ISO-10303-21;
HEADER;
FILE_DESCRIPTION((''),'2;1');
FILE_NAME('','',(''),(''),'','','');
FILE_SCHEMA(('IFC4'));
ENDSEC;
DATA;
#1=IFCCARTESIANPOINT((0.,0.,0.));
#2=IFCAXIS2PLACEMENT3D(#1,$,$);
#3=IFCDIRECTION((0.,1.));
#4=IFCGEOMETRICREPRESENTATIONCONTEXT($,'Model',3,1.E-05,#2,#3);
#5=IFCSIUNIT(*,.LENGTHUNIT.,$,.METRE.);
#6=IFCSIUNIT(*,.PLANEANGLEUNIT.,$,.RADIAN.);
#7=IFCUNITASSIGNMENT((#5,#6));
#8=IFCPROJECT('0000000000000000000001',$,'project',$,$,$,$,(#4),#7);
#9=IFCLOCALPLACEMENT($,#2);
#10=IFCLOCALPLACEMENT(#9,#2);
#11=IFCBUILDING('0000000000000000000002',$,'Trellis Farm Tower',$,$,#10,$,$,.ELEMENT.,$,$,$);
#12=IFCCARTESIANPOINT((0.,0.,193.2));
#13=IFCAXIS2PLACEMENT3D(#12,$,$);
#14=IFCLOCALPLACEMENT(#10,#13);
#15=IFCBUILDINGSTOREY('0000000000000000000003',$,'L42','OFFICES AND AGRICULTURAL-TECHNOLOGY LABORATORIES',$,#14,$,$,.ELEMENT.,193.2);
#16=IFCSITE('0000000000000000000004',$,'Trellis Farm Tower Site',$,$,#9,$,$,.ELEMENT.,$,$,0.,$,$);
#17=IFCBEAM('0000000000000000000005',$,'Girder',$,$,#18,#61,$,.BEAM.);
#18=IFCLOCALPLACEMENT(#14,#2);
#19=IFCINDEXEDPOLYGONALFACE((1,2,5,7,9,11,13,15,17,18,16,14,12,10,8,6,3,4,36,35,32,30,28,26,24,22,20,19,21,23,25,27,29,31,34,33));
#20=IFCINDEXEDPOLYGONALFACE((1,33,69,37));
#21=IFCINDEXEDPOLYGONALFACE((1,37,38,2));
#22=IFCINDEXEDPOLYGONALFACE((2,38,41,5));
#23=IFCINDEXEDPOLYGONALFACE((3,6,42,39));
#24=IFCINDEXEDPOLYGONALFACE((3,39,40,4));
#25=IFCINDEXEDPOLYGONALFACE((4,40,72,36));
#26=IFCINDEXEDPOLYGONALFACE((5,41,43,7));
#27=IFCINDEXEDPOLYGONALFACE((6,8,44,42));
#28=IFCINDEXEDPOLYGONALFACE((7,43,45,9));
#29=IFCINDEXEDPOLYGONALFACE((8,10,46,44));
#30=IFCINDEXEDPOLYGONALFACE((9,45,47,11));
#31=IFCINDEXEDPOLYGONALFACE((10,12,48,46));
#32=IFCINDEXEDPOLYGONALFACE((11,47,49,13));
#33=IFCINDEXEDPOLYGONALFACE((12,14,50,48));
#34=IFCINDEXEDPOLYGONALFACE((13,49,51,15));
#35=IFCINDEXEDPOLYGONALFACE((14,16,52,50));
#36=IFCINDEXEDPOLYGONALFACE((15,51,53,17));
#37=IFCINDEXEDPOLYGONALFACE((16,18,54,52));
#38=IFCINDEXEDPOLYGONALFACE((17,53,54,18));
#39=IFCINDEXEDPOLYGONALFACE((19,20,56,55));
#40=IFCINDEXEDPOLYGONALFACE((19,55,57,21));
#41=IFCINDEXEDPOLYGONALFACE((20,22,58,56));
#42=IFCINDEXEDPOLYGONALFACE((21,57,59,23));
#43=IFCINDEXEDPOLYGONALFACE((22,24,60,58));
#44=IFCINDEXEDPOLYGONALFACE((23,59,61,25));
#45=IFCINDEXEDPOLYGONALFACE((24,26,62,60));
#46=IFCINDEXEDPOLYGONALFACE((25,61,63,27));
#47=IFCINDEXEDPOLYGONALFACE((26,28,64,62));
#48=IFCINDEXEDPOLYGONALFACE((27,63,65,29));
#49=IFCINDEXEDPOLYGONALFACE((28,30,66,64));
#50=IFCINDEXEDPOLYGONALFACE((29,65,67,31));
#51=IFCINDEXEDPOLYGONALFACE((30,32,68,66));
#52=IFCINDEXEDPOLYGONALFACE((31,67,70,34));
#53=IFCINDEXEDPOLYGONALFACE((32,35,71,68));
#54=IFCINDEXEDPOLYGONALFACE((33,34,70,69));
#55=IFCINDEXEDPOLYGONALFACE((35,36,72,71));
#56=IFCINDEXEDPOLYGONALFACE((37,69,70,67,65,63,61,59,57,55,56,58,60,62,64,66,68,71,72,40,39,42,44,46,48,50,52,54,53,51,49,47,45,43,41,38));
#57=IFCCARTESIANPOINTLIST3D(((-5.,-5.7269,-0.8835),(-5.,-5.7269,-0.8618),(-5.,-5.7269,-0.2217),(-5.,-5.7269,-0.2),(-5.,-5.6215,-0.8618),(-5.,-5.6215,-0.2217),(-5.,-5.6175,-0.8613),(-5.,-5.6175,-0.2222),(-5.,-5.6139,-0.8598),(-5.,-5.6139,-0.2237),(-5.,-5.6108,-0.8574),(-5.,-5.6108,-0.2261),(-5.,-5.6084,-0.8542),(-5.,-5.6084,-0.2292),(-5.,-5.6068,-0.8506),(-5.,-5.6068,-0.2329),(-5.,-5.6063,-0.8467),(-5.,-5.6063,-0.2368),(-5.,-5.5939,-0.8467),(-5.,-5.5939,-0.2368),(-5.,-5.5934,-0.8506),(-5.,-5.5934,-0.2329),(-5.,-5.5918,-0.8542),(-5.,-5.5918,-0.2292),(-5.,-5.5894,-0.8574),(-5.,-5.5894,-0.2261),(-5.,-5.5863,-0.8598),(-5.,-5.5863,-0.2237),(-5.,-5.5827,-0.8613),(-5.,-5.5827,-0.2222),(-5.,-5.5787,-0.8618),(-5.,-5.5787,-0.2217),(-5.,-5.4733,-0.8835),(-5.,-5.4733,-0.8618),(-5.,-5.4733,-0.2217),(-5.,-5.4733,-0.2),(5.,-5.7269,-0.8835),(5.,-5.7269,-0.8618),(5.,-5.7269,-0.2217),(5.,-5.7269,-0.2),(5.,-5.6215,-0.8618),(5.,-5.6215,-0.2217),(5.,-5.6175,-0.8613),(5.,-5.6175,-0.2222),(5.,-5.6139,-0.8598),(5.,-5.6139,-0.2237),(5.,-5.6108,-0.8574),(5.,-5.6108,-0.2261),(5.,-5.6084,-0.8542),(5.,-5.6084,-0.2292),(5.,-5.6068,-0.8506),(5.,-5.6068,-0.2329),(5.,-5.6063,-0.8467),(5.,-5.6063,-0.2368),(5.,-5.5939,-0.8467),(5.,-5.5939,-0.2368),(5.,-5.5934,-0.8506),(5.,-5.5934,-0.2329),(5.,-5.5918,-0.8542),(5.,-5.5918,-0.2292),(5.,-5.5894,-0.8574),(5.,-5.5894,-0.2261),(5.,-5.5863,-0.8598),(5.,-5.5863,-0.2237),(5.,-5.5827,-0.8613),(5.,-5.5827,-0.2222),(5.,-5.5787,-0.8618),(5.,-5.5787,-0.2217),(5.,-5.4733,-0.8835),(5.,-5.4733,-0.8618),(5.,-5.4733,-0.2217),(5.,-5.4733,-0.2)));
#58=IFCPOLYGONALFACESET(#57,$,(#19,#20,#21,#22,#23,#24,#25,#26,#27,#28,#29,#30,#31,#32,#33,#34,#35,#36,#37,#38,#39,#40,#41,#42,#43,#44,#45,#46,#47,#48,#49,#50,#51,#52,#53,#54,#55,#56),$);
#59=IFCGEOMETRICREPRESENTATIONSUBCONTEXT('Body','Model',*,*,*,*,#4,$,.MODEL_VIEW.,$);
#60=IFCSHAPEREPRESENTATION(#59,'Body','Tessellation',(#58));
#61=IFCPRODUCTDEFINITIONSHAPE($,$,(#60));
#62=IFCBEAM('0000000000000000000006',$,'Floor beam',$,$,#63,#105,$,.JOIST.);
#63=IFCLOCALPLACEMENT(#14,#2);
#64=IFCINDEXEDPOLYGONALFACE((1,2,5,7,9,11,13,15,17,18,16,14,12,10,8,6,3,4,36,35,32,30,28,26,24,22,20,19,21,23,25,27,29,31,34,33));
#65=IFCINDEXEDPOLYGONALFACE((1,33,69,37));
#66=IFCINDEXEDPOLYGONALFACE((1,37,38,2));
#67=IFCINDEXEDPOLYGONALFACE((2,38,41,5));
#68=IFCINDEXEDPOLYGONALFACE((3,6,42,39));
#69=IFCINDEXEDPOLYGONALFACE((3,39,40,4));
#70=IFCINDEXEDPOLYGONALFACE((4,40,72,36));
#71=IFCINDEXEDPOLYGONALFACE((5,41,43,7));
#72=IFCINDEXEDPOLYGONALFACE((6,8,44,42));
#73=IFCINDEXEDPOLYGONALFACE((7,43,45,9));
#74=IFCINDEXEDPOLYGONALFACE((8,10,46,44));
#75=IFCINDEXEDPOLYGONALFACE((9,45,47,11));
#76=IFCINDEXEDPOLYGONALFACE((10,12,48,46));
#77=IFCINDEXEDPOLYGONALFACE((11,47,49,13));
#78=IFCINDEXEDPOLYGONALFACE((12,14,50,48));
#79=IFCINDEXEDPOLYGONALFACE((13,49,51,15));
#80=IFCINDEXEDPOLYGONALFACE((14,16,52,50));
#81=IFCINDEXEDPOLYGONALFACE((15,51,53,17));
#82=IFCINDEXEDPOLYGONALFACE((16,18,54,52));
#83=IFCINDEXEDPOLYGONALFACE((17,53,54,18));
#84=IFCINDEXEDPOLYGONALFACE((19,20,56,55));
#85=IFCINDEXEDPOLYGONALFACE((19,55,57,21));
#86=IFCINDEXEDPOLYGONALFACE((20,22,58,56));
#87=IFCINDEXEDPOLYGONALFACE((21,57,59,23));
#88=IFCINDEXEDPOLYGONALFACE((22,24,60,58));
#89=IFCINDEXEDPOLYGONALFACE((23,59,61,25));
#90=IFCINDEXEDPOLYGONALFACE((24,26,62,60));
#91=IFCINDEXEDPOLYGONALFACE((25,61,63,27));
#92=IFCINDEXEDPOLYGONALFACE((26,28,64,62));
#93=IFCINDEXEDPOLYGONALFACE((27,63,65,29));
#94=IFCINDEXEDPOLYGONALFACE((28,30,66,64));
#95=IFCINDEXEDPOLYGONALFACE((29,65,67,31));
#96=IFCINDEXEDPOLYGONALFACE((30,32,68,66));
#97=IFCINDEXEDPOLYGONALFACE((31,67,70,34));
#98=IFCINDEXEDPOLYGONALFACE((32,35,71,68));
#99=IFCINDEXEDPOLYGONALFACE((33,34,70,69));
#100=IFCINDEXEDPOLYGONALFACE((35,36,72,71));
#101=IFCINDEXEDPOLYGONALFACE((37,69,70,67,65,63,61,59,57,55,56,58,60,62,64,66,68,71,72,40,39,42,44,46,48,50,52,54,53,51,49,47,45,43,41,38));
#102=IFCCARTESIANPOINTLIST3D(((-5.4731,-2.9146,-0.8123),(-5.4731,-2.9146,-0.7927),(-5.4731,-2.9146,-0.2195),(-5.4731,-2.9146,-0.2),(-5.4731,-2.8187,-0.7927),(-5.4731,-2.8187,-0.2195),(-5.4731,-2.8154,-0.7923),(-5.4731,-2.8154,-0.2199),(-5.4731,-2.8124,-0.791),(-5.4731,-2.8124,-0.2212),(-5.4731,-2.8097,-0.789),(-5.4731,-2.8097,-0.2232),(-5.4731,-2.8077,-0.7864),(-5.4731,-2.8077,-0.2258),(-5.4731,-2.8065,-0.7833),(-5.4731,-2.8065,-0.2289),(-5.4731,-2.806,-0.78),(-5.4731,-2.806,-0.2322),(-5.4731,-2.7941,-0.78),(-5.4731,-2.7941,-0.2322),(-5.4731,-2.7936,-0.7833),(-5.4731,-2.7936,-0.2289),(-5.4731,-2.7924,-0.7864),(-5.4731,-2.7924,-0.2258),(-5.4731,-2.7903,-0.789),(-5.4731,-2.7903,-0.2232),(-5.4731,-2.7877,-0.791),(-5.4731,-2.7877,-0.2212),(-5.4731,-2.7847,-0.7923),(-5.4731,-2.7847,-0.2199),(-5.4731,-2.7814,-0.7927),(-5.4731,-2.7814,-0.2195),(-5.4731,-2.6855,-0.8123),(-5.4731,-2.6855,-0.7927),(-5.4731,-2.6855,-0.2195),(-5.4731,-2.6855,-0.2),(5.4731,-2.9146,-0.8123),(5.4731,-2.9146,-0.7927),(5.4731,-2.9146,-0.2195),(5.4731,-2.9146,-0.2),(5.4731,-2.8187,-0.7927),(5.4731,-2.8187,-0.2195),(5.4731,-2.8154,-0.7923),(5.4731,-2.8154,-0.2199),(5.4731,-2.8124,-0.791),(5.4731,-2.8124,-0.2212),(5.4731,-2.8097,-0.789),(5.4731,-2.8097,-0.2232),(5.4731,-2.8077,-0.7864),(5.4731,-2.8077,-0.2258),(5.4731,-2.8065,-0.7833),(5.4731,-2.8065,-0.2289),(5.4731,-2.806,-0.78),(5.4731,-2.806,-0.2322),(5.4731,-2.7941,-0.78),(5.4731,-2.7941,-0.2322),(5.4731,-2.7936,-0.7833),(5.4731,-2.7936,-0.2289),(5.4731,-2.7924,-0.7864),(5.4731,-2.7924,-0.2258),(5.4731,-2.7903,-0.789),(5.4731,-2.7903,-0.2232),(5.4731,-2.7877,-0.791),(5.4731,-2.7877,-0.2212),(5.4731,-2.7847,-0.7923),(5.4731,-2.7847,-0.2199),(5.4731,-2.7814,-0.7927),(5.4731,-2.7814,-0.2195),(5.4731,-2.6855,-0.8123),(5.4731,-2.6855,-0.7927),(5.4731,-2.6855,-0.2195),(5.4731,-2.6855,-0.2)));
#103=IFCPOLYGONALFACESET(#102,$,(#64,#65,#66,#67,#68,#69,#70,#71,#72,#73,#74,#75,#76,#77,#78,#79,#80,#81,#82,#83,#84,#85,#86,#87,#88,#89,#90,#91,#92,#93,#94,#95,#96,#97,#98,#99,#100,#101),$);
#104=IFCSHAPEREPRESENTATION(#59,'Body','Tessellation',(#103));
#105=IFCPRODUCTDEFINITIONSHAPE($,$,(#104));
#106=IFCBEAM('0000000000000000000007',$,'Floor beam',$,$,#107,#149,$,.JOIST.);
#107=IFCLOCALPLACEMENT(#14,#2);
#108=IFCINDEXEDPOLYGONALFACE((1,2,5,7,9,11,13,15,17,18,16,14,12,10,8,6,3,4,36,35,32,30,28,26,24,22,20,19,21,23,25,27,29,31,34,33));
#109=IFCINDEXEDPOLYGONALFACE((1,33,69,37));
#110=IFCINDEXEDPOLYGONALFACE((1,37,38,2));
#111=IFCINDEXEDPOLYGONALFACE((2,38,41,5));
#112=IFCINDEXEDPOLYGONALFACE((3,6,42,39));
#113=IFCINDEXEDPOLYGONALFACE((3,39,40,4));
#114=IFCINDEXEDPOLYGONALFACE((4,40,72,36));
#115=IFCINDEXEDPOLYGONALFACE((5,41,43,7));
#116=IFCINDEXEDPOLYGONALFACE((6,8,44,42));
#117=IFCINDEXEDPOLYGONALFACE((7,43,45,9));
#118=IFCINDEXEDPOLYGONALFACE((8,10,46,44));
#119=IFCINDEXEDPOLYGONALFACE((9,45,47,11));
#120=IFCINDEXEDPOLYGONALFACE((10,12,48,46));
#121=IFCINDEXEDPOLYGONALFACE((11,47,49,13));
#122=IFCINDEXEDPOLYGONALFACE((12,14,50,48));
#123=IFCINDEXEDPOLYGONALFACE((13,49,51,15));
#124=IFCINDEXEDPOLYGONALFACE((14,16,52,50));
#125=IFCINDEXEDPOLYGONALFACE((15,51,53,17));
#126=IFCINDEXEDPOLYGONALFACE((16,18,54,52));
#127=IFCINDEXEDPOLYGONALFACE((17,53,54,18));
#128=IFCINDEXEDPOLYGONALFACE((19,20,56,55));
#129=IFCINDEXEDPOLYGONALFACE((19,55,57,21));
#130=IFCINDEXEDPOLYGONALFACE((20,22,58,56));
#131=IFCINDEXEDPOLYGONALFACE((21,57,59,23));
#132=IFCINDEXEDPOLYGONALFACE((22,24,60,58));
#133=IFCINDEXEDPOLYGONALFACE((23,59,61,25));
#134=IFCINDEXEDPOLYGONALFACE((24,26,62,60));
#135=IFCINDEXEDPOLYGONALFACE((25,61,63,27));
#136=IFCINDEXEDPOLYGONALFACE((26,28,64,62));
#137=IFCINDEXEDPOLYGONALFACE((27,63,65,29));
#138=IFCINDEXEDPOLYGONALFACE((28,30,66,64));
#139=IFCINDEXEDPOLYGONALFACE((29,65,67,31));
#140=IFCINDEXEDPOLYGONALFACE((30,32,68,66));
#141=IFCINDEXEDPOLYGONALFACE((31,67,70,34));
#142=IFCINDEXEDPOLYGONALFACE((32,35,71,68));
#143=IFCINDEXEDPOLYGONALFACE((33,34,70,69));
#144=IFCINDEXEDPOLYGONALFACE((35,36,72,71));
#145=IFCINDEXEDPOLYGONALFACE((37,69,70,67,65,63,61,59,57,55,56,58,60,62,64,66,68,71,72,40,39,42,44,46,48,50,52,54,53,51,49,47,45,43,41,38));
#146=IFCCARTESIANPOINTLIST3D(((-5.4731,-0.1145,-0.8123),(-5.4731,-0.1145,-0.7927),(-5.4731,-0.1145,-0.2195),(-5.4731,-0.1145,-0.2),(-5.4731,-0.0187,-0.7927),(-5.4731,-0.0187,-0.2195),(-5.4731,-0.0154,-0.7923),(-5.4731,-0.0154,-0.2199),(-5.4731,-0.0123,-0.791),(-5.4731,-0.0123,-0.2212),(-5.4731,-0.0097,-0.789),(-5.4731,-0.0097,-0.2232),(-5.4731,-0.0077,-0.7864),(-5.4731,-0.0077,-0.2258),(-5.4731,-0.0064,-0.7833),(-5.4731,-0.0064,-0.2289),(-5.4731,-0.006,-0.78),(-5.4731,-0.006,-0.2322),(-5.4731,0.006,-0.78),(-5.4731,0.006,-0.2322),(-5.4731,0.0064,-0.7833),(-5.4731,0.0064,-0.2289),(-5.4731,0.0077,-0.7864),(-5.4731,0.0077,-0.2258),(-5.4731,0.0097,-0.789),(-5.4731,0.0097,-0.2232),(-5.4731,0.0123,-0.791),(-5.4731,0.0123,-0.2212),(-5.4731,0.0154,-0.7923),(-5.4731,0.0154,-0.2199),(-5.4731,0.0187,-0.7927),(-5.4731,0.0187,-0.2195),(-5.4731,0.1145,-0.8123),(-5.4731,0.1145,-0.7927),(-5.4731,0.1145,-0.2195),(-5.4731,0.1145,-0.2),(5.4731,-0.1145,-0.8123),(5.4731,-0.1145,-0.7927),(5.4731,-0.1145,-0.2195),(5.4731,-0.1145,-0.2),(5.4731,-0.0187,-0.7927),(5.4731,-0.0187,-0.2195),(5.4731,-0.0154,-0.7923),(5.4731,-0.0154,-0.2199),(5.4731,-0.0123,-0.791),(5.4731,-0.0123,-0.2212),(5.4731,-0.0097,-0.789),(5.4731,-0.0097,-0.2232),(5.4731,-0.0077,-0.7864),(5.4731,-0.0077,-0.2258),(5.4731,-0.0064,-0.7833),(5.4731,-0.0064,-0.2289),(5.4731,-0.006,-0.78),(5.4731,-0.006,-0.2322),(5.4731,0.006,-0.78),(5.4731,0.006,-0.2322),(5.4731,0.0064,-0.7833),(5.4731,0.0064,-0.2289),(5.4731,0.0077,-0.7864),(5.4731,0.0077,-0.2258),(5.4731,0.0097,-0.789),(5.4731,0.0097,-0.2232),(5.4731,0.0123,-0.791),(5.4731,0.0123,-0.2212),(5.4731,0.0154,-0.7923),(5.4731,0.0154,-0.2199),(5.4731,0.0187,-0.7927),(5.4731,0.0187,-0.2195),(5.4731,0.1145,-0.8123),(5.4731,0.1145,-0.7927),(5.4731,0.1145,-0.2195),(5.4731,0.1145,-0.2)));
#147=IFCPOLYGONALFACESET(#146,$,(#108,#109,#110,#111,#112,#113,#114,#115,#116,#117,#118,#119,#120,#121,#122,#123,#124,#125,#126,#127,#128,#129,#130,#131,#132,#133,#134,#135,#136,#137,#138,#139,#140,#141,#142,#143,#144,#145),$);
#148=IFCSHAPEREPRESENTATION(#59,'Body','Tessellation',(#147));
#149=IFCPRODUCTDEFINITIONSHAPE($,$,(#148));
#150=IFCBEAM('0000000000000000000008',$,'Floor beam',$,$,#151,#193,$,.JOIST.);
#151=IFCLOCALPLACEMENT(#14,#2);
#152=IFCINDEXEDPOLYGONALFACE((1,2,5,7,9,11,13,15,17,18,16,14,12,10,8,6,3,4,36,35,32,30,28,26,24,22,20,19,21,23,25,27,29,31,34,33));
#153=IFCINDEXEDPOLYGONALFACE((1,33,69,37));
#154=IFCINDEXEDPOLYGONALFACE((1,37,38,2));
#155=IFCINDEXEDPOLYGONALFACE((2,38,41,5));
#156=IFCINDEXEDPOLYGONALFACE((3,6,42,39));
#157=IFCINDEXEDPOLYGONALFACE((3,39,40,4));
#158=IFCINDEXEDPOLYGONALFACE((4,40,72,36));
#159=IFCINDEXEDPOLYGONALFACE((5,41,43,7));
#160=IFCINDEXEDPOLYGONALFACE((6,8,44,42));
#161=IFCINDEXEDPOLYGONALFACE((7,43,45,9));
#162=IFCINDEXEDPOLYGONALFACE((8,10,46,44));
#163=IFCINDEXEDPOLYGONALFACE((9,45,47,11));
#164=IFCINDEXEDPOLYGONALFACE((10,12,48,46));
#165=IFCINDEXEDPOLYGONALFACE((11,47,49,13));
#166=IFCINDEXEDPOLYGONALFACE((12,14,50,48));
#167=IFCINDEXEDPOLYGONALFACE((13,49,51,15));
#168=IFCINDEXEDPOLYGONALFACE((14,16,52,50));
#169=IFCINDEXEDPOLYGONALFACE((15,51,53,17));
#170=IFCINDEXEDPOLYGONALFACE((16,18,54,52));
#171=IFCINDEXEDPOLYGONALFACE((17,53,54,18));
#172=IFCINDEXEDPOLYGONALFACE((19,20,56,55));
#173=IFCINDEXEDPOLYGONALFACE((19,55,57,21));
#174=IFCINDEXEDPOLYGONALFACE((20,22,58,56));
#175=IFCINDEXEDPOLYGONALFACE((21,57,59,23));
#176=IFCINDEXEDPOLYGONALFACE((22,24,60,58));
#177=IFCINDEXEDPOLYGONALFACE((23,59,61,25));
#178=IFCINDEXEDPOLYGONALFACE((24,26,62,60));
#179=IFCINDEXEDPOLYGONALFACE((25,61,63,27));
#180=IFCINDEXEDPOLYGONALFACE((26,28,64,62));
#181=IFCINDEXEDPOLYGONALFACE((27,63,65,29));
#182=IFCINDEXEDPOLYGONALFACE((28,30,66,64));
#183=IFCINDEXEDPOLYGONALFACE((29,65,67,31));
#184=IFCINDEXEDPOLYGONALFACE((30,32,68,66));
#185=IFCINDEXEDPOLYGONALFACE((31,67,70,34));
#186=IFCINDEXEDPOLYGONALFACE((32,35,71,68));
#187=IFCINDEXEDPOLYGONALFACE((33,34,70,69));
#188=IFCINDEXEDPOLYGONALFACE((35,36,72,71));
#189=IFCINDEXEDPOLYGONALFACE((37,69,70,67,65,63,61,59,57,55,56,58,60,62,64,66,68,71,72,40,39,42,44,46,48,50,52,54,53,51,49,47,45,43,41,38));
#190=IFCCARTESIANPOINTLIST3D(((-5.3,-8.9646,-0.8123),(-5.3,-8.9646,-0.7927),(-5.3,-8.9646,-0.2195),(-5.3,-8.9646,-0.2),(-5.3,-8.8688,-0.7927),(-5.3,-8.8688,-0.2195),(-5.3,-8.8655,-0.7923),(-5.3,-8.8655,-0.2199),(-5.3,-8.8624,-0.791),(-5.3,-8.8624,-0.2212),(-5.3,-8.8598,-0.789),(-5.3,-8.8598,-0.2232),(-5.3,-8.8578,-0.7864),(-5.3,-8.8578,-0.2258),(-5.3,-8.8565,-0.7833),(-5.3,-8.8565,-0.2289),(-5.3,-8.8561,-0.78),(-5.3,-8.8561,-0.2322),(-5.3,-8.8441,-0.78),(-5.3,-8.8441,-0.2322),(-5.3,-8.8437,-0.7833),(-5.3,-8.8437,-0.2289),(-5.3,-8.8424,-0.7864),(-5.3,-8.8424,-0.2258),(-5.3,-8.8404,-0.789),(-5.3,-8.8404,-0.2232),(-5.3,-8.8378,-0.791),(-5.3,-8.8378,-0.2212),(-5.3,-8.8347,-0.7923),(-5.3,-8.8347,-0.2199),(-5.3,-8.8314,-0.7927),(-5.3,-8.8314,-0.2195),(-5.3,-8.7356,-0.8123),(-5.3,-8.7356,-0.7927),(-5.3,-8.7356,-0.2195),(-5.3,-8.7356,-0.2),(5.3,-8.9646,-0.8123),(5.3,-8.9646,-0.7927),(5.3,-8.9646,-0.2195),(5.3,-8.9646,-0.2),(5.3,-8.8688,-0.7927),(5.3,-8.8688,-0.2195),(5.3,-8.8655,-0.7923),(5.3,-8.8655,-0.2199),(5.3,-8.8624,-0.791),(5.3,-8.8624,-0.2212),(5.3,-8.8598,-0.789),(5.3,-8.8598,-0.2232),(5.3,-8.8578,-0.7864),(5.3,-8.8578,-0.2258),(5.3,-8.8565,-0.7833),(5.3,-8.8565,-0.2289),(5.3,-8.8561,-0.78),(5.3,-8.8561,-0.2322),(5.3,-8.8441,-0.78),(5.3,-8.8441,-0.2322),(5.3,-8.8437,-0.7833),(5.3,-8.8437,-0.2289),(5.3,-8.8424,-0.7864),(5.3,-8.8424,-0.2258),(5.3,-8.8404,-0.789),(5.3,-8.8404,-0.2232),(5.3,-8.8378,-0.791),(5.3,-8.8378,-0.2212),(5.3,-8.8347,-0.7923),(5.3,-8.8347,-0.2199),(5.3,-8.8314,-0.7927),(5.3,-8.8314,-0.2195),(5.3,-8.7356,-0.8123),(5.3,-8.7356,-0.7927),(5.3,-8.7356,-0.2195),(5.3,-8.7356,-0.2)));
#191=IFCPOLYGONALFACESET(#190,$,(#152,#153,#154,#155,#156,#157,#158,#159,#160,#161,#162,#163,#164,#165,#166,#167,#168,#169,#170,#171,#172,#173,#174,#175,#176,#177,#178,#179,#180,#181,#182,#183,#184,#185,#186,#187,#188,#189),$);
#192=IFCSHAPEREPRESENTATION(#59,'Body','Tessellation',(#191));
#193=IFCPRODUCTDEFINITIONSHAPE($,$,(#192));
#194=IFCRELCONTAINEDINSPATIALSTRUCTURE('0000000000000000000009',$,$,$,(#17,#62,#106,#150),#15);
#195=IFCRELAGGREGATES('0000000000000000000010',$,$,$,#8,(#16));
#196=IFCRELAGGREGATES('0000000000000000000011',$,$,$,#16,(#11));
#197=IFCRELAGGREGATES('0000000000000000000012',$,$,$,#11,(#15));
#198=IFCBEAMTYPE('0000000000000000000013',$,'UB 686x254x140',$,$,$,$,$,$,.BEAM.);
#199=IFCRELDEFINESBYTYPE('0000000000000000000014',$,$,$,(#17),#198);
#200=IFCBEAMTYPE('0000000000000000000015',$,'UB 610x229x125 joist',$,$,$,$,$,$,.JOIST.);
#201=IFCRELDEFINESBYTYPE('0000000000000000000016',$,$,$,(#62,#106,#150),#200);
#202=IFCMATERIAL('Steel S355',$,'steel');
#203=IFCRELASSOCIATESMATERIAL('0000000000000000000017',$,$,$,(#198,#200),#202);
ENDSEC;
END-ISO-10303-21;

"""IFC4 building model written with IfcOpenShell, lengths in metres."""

from ifc_helpers import new_model, si_unit, direction, frame, origin, origin_2d, place, context, subcontext, project, spatial, i_section, extrude, source, transform, mapped, material, material_profile, profile_set, type_object, element, save


model = new_model("IFC4")

# Units and contexts
model_context = context("Model", 3, precision=1e-05, world=origin(), true_north=direction((0.0, 1.0)))
body_context = subcontext(model_context, "Body", "Model", "MODEL_VIEW")
ifc_project = project(units=[si_unit("LENGTHUNIT", "METRE"), si_unit("PLANEANGLEUNIT", "RADIAN")], contexts=[model_context])

# Site, building, storey
site_placement = place(None, origin())
site = spatial("IfcSite", under=ifc_project, at=site_placement, Name="Trellis Farm Tower Site", CompositionType="ELEMENT", RefElevation=0.0)
building_placement = place(site_placement, origin())
building = spatial("IfcBuilding", under=site, at=building_placement, Name="Trellis Farm Tower", CompositionType="ELEMENT")
storey_placement = place(building_placement, frame((0.0, 0.0, 193.2)))
storey = spatial("IfcBuildingStorey", under=building, at=storey_placement, Name="L42", Description="OFFICES AND AGRICULTURAL-TECHNOLOGY LABORATORIES", CompositionType="ELEMENT", Elevation=193.2)

# Beams
ifc_material_1 = material(Name="Steel S355", Category="steel")
ifc_material_profile_1 = material_profile(ifc_material_1, i_section(OverallWidth=0.2537, OverallDepth=0.6836, WebThickness=0.0125, FlangeThickness=0.0217, FilletRadius=0.0151, at=origin_2d()), Name="UB 686x254x140")
ifc_profile_set_1 = profile_set([ifc_material_profile_1], Name="Steel S355")
beam_type_1 = type_object("IfcBeamType", Name="UB 686x254x140", PredefinedType="BEAM", material=ifc_profile_set_1)
shared_shape_1 = source(origin(), body_context, "Body", "SweptSolid", [
    extrude(i_section(OverallWidth=0.2537, OverallDepth=0.6836, WebThickness=0.0125, FlangeThickness=0.0217, FilletRadius=0.0151, at=origin_2d()), origin(), (0.0, 0.0, 1.0), 10.0),
])
beam_1_placement = place(storey_placement, frame((-5.0, -5.6001, -0.5417), z_axis=(1.0, 0.0, 0.0), x_axis=(0.0, 1.0, 0.0)))
element("IfcBeam", 1, at=beam_1_placement, inside=storey, type_object=beam_type_1, Name="Girder", PredefinedType="BEAM", context=body_context, shape_type="MappedRepresentation", body=[
    mapped(shared_shape_1, transform((0.0, 0.0, 0.0))),
])
ifc_material_profile_2 = material_profile(ifc_material_1, i_section(OverallWidth=0.229, OverallDepth=0.6123, WebThickness=0.012, FlangeThickness=0.0195, FilletRadius=0.0127, at=origin_2d()), Name="UB 610x229x125")
ifc_profile_set_2 = profile_set([ifc_material_profile_2], Name="Steel S355")
beam_type_2 = type_object("IfcBeamType", Name="UB 610x229x125 joist", PredefinedType="JOIST", material=ifc_profile_set_2)
shared_shape_2 = source(origin(), body_context, "Body", "SweptSolid", [
    extrude(i_section(OverallWidth=0.229, OverallDepth=0.6123, WebThickness=0.012, FlangeThickness=0.0195, FilletRadius=0.0127, at=origin_2d()), origin(), (0.0, 0.0, 1.0), 10.9463),
])
for number, where, z_axis, x_axis, name in (
    (2, (-5.4731, -2.8, -0.5061), (1.0, 0.0, 0.0), (0.0, 1.0, 0.0), "Floor beam"),
    (3, (-5.4731, 0.0, -0.5061), (1.0, 0.0, 0.0), (0.0, 1.0, 0.0), "Floor beam"),
):
    element("IfcBeam", number, at=place(storey_placement, frame(where, z_axis=z_axis, x_axis=x_axis)), inside=storey, type_object=beam_type_2, Name=name, PredefinedType="JOIST", context=body_context, shape_type="MappedRepresentation", body=[
        mapped(shared_shape_2, transform((0.0, 0.0, 0.0))),
    ])
shared_shape_3 = source(origin(), body_context, "Body", "SweptSolid", [
    extrude(i_section(OverallWidth=0.229, OverallDepth=0.6123, WebThickness=0.012, FlangeThickness=0.0195, FilletRadius=0.0127, at=origin_2d()), origin(), (0.0, 0.0, 1.0), 10.6001),
])
beam_2_placement = place(storey_placement, frame((-5.3, -8.8501, -0.5061), z_axis=(1.0, 0.0, 0.0), x_axis=(0.0, 1.0, 0.0)))
element("IfcBeam", 4, at=beam_2_placement, inside=storey, type_object=beam_type_2, Name="Floor beam", PredefinedType="JOIST", context=body_context, shape_type="MappedRepresentation", body=[
    mapped(shared_shape_3, transform((0.0, 0.0, 0.0))),
])

save(model, "model.ifc")
